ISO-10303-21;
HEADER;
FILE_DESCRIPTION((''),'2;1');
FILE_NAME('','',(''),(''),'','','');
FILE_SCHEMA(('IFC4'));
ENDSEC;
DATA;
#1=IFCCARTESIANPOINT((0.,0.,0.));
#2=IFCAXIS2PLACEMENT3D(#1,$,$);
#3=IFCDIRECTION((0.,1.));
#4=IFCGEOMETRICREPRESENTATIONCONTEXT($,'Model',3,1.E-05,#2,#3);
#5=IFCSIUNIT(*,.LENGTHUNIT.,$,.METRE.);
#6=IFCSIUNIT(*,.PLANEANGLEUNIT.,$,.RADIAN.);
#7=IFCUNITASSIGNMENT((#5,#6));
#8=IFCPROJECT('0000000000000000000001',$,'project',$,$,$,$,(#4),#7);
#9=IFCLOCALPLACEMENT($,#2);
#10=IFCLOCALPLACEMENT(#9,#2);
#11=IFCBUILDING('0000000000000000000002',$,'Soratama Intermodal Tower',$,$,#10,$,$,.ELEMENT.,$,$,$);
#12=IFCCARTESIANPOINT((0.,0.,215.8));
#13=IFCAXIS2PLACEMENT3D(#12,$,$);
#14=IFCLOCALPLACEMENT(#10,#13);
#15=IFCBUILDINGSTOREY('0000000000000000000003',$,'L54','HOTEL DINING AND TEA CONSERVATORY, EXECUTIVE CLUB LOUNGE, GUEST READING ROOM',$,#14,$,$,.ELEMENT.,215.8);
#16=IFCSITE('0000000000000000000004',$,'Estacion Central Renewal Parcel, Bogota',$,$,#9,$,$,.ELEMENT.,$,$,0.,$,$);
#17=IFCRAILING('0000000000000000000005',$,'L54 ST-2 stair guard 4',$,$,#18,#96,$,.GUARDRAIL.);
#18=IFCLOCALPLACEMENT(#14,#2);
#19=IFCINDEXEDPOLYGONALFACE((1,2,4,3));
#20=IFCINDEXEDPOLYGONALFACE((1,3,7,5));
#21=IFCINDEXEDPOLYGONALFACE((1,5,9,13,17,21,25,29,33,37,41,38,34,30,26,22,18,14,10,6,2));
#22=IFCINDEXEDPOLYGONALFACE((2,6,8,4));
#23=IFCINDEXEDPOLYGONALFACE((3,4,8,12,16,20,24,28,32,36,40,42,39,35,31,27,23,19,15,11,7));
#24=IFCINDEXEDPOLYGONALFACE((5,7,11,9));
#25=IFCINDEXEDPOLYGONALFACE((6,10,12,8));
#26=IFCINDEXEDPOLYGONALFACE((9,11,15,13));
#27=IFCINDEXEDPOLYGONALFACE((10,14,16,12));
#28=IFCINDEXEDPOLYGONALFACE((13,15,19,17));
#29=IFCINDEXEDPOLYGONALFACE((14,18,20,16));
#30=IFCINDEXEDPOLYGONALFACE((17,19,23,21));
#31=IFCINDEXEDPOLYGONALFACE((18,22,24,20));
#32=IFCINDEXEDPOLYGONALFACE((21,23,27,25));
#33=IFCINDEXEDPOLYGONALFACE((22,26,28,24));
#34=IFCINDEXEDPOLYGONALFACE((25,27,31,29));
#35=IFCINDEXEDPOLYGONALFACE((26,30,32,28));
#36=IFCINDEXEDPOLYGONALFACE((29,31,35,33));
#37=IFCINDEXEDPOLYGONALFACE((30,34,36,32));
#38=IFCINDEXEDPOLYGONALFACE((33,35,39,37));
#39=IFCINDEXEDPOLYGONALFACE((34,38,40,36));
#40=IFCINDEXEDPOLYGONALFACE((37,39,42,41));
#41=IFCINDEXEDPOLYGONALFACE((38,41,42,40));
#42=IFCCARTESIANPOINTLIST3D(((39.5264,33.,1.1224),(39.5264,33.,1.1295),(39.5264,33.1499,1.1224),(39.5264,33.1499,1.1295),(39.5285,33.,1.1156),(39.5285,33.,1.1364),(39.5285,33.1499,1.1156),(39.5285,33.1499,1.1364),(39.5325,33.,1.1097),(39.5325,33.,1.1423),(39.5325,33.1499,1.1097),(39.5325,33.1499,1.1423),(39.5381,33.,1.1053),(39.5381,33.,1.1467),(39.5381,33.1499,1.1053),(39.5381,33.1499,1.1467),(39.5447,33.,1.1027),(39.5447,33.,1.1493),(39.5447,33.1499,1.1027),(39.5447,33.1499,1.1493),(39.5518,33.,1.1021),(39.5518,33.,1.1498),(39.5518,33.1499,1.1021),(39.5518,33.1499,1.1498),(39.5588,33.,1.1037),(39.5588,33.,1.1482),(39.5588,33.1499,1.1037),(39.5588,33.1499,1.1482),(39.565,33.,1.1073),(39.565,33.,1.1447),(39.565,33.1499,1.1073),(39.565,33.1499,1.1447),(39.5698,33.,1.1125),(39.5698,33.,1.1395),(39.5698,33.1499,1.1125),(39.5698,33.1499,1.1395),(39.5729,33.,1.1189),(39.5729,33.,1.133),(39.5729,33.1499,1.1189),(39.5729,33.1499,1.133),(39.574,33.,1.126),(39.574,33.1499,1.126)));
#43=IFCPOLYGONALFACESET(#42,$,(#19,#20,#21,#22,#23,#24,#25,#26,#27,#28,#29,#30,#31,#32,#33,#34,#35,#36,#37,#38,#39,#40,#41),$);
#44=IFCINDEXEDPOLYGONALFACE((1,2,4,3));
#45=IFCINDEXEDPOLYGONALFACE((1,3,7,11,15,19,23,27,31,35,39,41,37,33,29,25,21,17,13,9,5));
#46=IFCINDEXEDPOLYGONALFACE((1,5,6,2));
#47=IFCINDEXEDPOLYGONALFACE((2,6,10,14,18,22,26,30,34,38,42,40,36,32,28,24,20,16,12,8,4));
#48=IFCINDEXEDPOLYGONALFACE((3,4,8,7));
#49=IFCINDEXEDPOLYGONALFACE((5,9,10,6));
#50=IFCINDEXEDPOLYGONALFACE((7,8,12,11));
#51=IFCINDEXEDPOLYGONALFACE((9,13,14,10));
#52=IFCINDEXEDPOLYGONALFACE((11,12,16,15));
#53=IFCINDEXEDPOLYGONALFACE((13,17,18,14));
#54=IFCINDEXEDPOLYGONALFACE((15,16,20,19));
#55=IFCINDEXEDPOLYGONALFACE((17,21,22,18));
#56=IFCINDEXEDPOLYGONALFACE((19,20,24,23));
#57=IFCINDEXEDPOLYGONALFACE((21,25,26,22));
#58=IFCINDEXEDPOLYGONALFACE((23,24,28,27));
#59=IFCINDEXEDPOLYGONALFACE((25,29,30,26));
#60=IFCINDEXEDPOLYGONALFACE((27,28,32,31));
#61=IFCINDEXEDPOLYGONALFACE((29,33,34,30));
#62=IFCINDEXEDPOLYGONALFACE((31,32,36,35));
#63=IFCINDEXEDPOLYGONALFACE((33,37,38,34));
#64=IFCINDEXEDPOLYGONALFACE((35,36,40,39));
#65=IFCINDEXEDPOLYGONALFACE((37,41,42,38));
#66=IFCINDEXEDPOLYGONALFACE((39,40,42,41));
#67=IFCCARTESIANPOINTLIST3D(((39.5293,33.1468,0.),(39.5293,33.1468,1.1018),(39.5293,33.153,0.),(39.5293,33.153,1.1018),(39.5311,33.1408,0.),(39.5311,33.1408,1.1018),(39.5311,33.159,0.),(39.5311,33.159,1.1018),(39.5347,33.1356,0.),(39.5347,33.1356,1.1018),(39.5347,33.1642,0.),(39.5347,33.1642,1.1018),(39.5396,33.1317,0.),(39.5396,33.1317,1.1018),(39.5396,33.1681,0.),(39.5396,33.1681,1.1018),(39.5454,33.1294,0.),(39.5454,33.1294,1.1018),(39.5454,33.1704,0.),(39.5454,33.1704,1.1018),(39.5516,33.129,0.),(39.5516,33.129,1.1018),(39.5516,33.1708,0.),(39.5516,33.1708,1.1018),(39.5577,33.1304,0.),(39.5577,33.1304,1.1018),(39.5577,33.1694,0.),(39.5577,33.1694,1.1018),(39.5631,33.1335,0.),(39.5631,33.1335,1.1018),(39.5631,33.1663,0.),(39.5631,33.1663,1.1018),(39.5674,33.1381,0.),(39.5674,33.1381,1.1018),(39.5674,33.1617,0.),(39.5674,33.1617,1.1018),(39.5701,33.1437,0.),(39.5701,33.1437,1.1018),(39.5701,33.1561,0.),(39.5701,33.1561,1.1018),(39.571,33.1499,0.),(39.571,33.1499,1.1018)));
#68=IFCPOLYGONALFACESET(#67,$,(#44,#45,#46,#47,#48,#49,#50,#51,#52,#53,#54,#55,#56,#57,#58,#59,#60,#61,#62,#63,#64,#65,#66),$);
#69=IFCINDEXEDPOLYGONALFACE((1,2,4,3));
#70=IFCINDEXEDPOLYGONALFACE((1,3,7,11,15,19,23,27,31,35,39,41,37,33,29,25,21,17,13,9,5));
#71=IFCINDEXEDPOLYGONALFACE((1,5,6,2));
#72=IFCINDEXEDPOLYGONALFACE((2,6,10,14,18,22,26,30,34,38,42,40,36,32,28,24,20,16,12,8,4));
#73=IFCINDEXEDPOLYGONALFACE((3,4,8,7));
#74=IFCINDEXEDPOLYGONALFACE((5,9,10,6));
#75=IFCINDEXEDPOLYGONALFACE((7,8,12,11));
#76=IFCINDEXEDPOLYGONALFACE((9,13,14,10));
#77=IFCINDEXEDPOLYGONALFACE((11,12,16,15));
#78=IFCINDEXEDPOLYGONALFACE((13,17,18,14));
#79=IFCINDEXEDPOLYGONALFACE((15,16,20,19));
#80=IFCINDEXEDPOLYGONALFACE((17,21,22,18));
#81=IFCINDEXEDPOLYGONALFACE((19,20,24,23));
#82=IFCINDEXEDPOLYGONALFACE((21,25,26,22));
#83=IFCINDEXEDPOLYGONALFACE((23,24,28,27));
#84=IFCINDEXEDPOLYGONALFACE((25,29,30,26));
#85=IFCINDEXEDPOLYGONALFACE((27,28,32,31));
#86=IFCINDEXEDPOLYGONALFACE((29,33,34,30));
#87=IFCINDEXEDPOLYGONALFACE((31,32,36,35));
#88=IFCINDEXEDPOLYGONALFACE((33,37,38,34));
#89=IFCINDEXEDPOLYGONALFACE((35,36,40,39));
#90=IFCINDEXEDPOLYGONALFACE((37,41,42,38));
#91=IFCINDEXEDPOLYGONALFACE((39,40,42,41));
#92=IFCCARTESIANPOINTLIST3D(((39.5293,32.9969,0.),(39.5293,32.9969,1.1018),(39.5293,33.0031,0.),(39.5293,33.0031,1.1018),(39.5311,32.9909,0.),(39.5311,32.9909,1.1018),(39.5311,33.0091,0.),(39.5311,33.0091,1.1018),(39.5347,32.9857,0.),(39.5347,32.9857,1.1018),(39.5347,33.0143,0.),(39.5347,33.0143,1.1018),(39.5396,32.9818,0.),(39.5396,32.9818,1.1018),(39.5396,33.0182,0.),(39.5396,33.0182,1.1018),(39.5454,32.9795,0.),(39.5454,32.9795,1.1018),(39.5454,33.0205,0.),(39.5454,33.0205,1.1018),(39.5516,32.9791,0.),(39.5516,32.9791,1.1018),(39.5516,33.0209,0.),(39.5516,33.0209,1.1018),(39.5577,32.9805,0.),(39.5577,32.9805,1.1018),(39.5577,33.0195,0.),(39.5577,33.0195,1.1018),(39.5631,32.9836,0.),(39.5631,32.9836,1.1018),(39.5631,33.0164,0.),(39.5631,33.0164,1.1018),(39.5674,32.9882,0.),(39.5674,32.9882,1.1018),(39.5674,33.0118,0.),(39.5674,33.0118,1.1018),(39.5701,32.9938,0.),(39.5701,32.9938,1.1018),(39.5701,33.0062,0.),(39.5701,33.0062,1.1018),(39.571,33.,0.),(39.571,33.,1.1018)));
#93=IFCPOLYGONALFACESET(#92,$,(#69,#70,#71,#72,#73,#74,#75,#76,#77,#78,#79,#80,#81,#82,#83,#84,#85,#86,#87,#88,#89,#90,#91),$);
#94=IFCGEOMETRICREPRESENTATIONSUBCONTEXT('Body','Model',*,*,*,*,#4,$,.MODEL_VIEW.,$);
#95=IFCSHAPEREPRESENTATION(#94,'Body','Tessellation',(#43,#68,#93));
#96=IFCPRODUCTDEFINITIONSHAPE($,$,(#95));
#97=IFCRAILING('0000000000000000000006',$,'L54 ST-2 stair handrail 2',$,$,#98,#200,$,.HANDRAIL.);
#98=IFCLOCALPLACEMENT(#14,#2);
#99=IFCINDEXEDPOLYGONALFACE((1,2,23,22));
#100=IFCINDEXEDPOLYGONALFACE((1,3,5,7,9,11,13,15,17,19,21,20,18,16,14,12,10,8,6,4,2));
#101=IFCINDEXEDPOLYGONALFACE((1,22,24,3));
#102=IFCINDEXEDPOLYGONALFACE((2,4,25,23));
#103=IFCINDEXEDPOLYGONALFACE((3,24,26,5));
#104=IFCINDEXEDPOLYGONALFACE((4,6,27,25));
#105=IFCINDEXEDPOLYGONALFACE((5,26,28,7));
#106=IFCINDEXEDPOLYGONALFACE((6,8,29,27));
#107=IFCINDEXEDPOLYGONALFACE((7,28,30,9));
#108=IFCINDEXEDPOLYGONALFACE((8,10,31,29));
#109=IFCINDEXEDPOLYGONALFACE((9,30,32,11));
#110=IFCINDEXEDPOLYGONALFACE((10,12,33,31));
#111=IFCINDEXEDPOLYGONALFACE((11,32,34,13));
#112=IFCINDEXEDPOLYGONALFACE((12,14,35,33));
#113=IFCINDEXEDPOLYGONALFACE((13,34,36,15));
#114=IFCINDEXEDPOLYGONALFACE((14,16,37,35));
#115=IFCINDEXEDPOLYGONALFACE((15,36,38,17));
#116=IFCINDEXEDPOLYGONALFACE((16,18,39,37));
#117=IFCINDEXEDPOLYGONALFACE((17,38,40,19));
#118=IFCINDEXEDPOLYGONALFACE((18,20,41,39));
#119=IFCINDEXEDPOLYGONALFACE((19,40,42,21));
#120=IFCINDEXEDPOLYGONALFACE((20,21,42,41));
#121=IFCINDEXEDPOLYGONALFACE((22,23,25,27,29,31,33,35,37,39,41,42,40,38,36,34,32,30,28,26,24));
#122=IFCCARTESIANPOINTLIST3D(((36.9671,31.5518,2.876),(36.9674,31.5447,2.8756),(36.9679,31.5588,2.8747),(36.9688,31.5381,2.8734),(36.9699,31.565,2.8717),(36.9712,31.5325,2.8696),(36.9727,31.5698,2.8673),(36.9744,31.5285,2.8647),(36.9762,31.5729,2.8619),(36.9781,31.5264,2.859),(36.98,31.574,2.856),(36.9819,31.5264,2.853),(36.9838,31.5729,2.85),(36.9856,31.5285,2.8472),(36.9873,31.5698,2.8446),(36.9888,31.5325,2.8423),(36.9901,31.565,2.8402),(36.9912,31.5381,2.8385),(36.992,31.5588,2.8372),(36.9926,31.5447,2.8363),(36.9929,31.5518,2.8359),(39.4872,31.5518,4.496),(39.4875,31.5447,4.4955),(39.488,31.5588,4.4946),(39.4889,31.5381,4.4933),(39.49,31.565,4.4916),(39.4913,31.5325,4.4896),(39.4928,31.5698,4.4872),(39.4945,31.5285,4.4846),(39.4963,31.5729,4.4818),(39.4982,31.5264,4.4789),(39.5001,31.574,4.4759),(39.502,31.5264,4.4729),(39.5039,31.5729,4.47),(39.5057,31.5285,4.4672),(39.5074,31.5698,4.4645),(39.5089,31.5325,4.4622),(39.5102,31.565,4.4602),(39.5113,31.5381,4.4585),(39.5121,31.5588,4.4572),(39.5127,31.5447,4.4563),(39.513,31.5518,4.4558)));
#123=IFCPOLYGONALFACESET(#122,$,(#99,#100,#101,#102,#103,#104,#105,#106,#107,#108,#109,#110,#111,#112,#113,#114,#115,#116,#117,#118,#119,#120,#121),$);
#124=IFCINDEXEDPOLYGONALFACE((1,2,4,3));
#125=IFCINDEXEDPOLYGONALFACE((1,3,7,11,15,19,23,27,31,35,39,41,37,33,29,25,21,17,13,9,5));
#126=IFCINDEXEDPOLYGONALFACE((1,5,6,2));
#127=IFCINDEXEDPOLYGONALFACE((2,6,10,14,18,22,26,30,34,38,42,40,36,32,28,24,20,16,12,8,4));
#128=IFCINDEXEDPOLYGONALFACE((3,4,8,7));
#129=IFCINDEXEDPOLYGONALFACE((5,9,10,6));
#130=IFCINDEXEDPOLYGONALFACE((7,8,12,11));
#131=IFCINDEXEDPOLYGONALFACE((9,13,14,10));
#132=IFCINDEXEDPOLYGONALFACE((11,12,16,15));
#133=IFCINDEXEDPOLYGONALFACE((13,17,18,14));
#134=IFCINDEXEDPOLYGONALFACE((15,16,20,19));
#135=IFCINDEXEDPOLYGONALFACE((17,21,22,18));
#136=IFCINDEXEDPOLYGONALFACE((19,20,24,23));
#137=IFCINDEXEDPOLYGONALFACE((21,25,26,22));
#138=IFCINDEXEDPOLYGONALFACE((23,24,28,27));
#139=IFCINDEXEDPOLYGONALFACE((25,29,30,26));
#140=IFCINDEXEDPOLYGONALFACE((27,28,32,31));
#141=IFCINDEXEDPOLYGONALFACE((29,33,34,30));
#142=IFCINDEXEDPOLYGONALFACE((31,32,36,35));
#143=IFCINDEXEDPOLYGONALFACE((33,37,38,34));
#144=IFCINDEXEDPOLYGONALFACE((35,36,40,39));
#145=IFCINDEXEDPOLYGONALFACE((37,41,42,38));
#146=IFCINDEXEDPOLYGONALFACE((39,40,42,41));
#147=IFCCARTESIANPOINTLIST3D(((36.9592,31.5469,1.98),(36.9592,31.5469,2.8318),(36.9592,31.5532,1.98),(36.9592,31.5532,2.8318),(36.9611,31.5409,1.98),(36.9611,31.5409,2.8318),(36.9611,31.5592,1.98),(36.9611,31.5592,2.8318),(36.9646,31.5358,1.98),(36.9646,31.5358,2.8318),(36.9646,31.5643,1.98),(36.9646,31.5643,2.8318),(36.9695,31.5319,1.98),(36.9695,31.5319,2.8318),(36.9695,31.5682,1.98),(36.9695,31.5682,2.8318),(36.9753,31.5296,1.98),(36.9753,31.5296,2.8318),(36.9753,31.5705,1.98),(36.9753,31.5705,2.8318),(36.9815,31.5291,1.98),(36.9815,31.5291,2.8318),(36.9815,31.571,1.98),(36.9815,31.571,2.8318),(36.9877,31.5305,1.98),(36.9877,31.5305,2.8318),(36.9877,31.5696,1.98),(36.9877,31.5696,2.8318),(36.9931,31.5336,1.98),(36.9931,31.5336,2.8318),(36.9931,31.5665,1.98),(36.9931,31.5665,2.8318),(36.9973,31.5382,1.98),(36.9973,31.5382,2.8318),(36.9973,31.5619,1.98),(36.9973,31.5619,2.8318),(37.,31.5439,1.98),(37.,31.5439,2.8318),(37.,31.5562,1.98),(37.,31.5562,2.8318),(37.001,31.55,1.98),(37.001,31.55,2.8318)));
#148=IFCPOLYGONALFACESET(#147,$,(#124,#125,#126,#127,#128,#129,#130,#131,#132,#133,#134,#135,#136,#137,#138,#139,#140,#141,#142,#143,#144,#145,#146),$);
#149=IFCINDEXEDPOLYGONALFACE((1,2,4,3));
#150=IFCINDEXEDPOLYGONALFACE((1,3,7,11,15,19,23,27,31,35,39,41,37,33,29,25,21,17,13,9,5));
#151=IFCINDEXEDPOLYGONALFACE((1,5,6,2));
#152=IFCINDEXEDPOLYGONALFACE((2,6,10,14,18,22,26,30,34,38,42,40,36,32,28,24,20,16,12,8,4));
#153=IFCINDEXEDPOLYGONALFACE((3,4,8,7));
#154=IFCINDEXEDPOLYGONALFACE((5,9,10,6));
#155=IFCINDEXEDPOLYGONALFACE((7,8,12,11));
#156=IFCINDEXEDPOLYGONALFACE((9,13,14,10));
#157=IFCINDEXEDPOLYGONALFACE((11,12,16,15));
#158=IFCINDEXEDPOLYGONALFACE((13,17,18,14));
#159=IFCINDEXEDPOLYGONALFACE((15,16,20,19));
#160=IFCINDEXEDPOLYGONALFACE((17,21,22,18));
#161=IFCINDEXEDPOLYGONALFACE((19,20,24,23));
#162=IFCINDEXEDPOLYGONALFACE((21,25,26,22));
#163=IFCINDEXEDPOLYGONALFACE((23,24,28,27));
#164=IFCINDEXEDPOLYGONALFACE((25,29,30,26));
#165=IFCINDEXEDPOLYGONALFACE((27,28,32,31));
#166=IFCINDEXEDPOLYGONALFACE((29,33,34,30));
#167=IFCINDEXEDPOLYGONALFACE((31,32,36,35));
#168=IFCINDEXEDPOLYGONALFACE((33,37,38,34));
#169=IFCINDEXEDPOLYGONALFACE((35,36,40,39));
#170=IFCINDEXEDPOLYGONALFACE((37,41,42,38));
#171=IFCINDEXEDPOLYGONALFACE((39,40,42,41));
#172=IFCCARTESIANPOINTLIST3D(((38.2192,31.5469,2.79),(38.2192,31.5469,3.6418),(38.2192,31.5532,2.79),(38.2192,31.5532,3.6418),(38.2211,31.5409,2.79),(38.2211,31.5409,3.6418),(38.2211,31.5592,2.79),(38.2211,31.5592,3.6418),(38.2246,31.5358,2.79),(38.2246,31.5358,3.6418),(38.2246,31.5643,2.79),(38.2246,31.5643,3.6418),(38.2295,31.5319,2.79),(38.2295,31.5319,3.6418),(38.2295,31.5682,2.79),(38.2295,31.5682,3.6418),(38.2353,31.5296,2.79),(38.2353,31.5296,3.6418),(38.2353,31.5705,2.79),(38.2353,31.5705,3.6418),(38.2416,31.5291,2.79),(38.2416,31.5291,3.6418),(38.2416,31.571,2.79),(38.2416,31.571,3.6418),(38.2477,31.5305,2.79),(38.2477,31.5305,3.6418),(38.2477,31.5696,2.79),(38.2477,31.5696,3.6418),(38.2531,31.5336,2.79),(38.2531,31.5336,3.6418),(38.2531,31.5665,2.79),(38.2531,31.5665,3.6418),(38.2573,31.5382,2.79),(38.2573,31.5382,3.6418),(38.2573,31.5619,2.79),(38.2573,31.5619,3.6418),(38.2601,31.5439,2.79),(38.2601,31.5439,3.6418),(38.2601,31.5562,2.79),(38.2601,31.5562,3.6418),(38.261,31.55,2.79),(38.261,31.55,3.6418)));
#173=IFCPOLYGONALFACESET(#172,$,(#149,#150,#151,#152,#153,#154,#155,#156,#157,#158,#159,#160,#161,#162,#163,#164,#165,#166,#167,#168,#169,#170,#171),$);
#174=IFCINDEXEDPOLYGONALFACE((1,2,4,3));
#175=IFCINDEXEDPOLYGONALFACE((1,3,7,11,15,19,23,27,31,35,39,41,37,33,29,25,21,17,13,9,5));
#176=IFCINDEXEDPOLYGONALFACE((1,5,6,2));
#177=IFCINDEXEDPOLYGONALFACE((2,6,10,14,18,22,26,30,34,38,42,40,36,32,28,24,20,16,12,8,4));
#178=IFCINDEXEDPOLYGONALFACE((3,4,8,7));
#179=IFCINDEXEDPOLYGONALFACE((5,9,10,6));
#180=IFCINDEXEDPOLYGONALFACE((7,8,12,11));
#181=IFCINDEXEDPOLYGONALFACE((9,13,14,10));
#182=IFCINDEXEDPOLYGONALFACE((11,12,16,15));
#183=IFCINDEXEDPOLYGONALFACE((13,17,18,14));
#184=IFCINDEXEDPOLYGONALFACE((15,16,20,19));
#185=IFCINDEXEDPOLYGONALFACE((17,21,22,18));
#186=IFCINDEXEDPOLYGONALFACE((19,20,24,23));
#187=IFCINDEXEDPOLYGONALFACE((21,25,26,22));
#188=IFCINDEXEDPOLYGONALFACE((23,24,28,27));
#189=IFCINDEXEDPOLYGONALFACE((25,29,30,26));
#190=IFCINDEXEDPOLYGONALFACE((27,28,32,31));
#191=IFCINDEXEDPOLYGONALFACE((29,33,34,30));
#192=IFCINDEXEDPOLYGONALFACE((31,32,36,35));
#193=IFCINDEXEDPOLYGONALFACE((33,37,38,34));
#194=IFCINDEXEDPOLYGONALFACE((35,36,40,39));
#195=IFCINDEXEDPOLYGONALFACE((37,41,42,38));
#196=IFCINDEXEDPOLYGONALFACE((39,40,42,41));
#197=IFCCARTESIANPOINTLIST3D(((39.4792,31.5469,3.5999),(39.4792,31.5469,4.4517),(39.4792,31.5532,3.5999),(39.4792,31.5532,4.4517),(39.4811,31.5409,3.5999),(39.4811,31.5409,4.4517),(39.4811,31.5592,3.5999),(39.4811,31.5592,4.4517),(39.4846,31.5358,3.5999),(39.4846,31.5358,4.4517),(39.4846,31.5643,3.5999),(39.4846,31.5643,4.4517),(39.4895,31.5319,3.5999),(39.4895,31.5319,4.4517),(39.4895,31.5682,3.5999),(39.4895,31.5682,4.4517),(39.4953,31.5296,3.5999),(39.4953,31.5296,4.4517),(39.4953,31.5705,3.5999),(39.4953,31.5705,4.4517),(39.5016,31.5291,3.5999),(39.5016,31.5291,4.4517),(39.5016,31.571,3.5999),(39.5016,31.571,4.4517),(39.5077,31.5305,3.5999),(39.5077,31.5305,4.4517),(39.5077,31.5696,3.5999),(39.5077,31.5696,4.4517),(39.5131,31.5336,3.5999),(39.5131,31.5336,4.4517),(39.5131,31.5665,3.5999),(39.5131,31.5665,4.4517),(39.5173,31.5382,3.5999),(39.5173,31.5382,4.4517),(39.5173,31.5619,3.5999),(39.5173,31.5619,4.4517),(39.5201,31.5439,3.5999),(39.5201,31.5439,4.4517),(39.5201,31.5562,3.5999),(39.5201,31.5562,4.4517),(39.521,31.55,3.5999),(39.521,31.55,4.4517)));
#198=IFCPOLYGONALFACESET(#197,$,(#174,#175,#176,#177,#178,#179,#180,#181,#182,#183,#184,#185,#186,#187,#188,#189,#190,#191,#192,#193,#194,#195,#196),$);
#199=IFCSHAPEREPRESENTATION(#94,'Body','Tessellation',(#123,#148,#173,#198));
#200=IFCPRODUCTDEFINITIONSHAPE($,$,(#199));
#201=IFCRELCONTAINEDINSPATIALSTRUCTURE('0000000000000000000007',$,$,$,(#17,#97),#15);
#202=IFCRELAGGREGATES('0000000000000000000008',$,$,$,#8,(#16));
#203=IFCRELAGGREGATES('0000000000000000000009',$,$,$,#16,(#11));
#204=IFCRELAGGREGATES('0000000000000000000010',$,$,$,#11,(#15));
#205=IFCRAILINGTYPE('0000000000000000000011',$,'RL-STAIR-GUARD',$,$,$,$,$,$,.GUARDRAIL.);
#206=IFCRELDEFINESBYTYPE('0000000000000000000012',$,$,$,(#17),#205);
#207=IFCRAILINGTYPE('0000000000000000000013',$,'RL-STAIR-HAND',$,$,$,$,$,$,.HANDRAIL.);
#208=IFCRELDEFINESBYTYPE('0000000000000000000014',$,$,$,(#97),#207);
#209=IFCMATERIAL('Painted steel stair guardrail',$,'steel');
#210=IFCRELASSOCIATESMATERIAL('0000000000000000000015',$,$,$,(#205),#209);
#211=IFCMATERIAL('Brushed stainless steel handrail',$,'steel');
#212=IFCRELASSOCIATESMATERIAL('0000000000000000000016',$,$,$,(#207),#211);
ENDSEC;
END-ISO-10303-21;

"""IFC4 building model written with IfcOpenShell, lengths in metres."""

from ifc_helpers import new_model, si_unit, direction, frame, origin, origin_2d, place, context, subcontext, project, spatial, circle, extrude, material, type_object, element, save


model = new_model("IFC4")

# Units and contexts
model_context = context("Model", 3, precision=1e-05, world=origin(), true_north=direction((0.0, 1.0)))
body_context = subcontext(model_context, "Body", "Model", "MODEL_VIEW")
ifc_project = project(units=[si_unit("LENGTHUNIT", "METRE"), si_unit("PLANEANGLEUNIT", "RADIAN")], contexts=[model_context])

# Site, building, storey
site_placement = place(None, origin())
site = spatial("IfcSite", under=ifc_project, at=site_placement, Name="Estacion Central Renewal Parcel, Bogota", CompositionType="ELEMENT", RefElevation=0.0)
building_placement = place(site_placement, origin())
building = spatial("IfcBuilding", under=site, at=building_placement, Name="Soratama Intermodal Tower", CompositionType="ELEMENT")
storey_placement = place(building_placement, frame((0.0, 0.0, 215.8)))
storey = spatial("IfcBuildingStorey", under=building, at=storey_placement, Name="L54", Description="HOTEL DINING AND TEA CONSERVATORY, EXECUTIVE CLUB LOUNGE, GUEST READING ROOM", CompositionType="ELEMENT", Elevation=215.8)

# Railings
ifc_material_1 = material(Name="Painted steel stair guardrail", Category="steel")
railing_type_1 = type_object("IfcRailingType", Name="RL-STAIR-GUARD", PredefinedType="GUARDRAIL", material=ifc_material_1)
railing_1_placement = place(storey_placement, frame((39.55, 33.1499, 0.0)))
element("IfcRailing", 1, at=railing_1_placement, inside=storey, type_object=railing_type_1, Name="L54 ST-2 stair guard 4", PredefinedType="GUARDRAIL", context=body_context, shape_type="SweptSolid", body=[
    extrude(circle(Radius=0.0239, at=origin_2d()), frame((0.0, 0.0, 1.126), z_axis=(0.0, -1.0, 0.0), x_axis=(1.0, 0.0, 0.0)), (0.0, 0.0, 1.0), 0.1499),
    extrude(circle(Radius=0.021, at=origin_2d()), origin(), (0.0, 0.0, 1.0), 1.1018),
    extrude(circle(Radius=0.021, at=origin_2d()), frame((0.0, -0.1499, 0.0)), (0.0, 0.0, 1.0), 1.1018),
])
ifc_material_2 = material(Name="Brushed stainless steel handrail", Category="steel")
railing_type_2 = type_object("IfcRailingType", Name="RL-STAIR-HAND", PredefinedType="HANDRAIL", material=ifc_material_2)
railing_2_placement = place(storey_placement, frame((36.98, 31.55, 1.98)))
element("IfcRailing", 2, at=railing_2_placement, inside=storey, type_object=railing_type_2, Name="L54 ST-2 stair handrail 2", PredefinedType="HANDRAIL", context=body_context, shape_type="SweptSolid", body=[
    extrude(circle(Radius=0.0239, at=origin_2d()), frame((0.0, 0.0, 0.876), z_axis=(0.8412, 0.0, 0.540725), x_axis=(0.0, 1.0, 0.0)), (0.0, 0.0, 1.0), 2.9958),
    extrude(circle(Radius=0.021, at=origin_2d()), origin(), (0.0, 0.0, 1.0), 0.8518),
    extrude(circle(Radius=0.021, at=origin_2d()), frame((1.26, 0.0, 0.8101)), (0.0, 0.0, 1.0), 0.8518),
    extrude(circle(Radius=0.021, at=origin_2d()), frame((2.52, 0.0, 1.6199)), (0.0, 0.0, 1.0), 0.8518),
])

save(model, "model.ifc")
